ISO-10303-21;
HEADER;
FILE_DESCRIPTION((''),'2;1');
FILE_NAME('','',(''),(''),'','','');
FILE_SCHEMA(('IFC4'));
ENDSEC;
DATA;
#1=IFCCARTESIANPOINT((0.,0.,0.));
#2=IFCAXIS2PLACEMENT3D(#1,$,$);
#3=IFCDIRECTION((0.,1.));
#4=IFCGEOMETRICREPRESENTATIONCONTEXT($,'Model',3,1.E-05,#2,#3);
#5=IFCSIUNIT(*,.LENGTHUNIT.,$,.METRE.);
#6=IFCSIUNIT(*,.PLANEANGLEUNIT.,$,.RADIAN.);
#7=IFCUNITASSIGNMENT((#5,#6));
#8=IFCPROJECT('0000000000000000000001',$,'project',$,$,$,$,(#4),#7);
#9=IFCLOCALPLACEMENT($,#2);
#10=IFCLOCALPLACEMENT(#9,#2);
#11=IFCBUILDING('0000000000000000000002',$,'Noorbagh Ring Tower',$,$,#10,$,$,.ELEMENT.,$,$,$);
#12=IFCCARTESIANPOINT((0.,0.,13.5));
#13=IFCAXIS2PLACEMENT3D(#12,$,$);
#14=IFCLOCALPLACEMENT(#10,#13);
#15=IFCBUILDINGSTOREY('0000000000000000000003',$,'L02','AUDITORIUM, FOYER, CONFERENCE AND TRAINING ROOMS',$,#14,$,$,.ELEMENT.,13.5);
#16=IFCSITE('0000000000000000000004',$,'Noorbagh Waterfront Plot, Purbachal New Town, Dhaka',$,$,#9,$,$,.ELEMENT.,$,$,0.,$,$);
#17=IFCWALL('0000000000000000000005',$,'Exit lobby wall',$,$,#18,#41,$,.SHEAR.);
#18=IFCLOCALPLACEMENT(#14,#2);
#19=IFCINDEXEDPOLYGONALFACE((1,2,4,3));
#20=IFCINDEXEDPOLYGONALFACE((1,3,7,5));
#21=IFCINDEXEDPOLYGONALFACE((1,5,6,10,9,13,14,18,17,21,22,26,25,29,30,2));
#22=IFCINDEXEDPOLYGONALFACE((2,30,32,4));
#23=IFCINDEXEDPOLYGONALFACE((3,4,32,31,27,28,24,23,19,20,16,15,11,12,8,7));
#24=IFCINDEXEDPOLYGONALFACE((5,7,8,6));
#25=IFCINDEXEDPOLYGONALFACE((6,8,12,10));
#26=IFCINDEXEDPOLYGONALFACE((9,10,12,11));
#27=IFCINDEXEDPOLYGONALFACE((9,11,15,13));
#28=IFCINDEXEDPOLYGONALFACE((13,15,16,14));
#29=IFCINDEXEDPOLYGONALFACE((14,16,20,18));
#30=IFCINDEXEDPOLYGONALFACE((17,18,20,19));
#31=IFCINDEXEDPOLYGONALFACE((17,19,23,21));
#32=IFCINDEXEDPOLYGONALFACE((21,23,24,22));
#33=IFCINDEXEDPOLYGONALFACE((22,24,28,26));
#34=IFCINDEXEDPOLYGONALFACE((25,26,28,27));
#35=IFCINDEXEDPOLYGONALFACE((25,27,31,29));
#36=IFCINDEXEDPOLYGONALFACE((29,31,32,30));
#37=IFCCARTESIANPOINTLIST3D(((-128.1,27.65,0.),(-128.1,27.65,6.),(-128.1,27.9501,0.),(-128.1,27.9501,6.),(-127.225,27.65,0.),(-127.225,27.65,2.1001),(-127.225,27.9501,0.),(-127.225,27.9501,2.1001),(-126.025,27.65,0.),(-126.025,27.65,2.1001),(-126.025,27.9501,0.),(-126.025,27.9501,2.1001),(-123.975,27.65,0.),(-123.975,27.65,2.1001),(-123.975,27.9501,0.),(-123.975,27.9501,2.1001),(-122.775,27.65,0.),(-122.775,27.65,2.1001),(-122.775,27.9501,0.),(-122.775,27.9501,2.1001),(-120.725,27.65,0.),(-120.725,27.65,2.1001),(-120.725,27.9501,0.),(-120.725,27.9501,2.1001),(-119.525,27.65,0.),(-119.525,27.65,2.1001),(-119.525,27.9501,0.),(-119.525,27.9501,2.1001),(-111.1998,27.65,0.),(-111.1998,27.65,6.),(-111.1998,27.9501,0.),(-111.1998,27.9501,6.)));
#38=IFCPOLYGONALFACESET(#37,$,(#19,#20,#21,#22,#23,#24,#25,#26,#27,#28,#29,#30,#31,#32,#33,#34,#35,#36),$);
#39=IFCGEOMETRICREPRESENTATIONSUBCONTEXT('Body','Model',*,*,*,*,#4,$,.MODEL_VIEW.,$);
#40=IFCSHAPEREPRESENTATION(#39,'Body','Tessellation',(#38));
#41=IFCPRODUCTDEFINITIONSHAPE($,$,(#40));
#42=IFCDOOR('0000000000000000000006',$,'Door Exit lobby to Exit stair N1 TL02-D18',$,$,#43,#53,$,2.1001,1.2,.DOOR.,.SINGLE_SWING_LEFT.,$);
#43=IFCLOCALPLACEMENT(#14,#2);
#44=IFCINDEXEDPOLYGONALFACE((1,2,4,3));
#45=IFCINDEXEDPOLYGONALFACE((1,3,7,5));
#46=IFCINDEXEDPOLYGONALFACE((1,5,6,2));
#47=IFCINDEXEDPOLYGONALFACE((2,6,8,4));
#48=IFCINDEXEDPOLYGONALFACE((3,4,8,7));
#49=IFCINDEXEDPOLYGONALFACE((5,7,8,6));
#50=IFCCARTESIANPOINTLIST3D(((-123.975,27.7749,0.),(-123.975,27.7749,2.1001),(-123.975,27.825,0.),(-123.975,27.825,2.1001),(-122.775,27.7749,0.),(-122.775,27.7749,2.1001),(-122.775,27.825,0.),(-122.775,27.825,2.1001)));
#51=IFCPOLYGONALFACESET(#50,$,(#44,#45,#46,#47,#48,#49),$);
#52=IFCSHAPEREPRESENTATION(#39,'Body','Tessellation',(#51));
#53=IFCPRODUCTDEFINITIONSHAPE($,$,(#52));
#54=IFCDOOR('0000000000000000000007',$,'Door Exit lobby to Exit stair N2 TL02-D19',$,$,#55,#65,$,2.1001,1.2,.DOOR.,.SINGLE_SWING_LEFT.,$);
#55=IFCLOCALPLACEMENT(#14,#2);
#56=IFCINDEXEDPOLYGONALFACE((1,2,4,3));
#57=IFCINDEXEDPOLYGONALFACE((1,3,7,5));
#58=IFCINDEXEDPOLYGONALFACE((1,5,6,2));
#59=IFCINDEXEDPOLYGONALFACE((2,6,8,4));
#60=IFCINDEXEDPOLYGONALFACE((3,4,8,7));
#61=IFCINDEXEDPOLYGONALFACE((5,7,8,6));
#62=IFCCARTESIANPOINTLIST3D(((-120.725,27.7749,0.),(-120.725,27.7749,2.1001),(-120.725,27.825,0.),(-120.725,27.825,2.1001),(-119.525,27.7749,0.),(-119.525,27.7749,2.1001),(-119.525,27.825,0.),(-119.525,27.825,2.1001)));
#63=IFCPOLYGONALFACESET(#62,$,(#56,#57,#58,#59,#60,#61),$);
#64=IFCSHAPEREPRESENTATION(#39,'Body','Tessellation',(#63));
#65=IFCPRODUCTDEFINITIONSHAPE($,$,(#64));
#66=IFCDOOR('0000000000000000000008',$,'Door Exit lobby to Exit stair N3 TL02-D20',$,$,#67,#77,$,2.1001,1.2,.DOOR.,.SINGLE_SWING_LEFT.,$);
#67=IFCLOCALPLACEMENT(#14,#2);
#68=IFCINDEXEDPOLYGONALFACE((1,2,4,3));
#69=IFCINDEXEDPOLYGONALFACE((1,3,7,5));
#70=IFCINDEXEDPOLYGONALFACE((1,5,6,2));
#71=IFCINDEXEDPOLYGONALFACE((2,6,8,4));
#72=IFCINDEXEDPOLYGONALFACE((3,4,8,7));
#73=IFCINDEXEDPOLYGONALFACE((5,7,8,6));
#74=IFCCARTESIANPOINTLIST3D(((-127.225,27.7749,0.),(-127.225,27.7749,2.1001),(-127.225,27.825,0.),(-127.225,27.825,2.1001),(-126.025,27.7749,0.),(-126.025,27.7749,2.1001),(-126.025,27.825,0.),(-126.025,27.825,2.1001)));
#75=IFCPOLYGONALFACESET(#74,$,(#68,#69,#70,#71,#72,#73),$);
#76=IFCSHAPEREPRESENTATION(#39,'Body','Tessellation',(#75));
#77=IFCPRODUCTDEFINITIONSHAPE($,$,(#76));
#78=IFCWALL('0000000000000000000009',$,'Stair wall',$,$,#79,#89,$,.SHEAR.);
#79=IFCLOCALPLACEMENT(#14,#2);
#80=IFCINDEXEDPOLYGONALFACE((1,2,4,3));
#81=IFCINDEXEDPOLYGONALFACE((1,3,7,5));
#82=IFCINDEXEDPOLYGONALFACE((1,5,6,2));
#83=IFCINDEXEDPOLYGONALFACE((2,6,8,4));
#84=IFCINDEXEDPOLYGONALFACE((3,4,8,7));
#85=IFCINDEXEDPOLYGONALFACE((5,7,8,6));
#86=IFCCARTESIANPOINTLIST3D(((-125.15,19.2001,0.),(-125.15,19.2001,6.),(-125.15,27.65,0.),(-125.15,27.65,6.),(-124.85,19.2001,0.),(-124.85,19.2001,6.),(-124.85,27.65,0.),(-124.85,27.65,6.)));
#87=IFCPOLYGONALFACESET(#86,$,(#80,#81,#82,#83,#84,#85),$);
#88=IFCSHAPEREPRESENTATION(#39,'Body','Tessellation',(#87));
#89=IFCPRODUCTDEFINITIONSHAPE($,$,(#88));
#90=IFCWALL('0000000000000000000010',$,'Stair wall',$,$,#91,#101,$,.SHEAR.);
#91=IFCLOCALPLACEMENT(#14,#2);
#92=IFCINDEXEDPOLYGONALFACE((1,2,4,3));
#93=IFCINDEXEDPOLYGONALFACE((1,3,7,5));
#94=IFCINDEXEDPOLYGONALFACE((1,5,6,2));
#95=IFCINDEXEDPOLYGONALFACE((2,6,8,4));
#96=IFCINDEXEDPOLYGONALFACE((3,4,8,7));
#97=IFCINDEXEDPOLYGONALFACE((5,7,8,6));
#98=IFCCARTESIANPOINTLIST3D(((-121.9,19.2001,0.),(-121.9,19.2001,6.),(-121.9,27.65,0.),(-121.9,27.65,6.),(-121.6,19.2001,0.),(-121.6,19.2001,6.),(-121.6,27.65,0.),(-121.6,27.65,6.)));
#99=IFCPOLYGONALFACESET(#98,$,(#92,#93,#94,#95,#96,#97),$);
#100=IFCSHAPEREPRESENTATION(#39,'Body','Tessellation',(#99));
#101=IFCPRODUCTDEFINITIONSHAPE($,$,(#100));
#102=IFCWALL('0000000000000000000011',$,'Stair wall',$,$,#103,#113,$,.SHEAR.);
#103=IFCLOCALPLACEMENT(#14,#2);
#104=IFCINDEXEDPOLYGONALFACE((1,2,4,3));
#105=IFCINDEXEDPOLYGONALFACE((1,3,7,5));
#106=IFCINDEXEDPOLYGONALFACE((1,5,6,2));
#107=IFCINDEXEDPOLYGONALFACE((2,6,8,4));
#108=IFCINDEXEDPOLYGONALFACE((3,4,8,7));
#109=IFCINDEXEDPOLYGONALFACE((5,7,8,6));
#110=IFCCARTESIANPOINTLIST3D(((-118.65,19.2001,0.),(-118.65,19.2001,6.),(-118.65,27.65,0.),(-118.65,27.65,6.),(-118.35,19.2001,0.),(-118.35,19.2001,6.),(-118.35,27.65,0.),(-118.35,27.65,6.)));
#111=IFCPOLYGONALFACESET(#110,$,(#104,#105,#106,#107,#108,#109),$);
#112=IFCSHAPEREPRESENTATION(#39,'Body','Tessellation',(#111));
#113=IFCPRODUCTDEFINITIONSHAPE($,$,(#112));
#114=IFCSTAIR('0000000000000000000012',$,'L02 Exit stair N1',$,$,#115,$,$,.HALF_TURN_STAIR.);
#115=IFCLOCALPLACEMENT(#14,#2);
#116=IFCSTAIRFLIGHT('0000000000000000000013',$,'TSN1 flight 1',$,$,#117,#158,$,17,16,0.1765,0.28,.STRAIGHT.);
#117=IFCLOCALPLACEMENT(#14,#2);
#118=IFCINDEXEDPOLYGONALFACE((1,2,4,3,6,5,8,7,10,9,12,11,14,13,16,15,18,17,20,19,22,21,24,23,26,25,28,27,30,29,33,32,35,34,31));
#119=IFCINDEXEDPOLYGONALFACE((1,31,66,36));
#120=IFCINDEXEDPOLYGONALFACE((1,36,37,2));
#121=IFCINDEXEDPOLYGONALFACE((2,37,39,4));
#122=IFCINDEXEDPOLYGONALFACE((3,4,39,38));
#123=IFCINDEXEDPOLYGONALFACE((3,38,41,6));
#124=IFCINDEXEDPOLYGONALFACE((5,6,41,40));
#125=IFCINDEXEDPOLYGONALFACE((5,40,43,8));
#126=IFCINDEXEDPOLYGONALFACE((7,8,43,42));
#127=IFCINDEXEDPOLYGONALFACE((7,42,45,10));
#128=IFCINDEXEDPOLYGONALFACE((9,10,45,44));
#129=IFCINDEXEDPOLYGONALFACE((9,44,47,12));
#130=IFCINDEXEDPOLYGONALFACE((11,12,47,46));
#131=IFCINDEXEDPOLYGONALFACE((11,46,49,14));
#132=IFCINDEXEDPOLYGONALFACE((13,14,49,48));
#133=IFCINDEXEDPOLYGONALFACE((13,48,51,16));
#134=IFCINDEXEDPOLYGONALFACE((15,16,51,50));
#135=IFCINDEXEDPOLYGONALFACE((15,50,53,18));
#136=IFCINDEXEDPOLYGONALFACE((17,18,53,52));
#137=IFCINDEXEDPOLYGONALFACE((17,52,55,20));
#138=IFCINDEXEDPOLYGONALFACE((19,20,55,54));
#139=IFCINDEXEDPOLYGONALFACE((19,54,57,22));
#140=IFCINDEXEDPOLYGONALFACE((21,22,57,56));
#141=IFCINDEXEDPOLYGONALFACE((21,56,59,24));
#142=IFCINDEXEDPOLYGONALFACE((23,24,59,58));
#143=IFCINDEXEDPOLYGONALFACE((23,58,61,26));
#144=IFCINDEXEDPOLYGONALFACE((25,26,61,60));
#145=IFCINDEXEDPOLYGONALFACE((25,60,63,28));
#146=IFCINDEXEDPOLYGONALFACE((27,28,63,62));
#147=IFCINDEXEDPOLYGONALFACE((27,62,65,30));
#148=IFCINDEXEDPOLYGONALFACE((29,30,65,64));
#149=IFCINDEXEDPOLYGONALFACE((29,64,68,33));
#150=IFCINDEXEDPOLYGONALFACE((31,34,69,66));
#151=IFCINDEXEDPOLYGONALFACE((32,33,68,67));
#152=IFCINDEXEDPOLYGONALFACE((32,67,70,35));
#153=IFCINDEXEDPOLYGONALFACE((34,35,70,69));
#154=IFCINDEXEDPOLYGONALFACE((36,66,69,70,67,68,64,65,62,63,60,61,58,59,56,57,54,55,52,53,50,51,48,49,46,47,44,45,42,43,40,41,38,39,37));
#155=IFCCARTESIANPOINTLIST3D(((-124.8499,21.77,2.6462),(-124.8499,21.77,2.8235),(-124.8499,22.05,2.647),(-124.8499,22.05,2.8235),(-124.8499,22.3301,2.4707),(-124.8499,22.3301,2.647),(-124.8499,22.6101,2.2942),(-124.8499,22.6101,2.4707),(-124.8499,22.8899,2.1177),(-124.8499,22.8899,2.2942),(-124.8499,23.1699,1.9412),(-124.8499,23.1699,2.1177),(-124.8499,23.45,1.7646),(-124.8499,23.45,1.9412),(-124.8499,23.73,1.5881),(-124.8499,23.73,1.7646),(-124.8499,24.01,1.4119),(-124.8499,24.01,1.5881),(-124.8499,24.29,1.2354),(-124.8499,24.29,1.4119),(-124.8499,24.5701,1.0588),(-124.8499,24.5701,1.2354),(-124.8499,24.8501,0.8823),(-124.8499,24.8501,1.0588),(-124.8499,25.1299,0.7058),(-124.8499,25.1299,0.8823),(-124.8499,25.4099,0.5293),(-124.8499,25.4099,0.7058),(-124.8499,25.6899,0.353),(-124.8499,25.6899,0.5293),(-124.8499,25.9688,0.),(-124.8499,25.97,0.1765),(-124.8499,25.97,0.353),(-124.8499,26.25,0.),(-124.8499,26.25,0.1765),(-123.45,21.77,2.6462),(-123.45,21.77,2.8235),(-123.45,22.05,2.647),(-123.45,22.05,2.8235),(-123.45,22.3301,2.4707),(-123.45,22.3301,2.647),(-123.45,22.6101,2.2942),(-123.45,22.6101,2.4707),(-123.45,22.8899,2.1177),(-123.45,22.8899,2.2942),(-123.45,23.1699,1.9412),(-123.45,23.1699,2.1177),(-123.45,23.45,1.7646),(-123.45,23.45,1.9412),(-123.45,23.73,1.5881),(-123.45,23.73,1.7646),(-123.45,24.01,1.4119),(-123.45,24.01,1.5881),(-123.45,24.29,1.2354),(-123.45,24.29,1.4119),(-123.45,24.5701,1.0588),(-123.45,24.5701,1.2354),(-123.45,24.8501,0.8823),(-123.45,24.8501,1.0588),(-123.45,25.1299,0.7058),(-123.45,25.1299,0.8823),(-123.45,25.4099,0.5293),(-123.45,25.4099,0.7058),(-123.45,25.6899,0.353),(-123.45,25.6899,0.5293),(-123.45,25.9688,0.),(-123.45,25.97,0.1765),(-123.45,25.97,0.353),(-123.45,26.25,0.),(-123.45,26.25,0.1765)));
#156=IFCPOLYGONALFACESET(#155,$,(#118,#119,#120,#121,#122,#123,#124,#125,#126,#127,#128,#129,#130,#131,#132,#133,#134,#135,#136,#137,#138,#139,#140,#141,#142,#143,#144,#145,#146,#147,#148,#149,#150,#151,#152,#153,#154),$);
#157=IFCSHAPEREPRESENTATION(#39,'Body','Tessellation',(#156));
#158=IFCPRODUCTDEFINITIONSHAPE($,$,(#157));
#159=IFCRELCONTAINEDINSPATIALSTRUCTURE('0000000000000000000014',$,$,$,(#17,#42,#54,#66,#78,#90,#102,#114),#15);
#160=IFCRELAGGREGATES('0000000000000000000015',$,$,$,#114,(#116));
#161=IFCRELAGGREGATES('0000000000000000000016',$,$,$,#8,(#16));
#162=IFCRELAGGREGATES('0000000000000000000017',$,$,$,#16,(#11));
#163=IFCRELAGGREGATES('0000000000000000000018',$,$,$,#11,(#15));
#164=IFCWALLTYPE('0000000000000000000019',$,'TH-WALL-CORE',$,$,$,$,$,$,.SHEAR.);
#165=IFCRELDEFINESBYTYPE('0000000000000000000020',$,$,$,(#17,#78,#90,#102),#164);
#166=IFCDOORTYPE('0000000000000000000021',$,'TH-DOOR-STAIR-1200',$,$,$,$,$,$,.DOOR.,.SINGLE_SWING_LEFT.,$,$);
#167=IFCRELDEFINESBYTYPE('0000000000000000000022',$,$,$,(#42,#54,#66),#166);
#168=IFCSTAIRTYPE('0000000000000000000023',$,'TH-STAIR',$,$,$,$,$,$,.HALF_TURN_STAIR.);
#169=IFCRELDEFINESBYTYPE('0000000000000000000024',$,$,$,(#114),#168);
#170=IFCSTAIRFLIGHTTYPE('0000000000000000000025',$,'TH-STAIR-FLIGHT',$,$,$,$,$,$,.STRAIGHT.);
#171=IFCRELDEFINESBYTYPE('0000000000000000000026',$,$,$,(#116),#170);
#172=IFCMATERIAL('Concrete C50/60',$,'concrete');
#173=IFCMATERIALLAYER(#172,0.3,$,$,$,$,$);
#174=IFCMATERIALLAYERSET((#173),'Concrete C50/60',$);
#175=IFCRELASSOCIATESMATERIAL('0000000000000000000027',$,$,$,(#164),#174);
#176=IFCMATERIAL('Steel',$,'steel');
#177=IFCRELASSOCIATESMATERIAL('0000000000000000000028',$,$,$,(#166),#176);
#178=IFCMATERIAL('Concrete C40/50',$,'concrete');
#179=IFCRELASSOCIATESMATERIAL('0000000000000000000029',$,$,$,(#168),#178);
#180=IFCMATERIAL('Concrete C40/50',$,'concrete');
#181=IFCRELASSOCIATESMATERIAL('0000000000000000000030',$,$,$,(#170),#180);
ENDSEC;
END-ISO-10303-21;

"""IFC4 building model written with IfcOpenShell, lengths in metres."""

from ifc_helpers import new_model, si_unit, direction, frame, frame_2d, origin, place, context, subcontext, project, spatial, polyline, rectangle, outline, extrude, material, layer, layer_set, type_object, element, fill, aggregate, save


model = new_model("IFC4")

# Units and contexts
model_context = context("Model", 3, precision=1e-05, world=origin(), true_north=direction((0.0, 1.0)))
body_context = subcontext(model_context, "Body", "Model", "MODEL_VIEW")
ifc_project = project(units=[si_unit("LENGTHUNIT", "METRE"), si_unit("PLANEANGLEUNIT", "RADIAN")], contexts=[model_context])

# Site, building, storey
site_placement = place(None, origin())
site = spatial("IfcSite", under=ifc_project, at=site_placement, Name="Noorbagh Waterfront Plot, Purbachal New Town, Dhaka", CompositionType="ELEMENT", RefElevation=0.0)
building_placement = place(site_placement, origin())
building = spatial("IfcBuilding", under=site, at=building_placement, Name="Noorbagh Ring Tower", CompositionType="ELEMENT")
storey_placement = place(building_placement, frame((0.0, 0.0, 13.5)))
storey = spatial("IfcBuildingStorey", under=building, at=storey_placement, Name="L02", Description="AUDITORIUM, FOYER, CONFERENCE AND TRAINING ROOMS", CompositionType="ELEMENT", Elevation=13.5)

# Wall, openings, doors
ifc_material_1 = material(Name="Concrete C50/60", Category="concrete")
ifc_layer_1 = layer(ifc_material_1, 0.3)
ifc_layer_set_1 = layer_set([ifc_layer_1], Name="Concrete C50/60")
wall_type = type_object("IfcWallType", Name="TH-WALL-CORE", PredefinedType="SHEAR", material=ifc_layer_set_1)
wall_placement = place(storey_placement, frame((-128.1001, 27.8, 0.0), z_axis=(0.0, 0.0, 1.0), x_axis=(1.0, 0.0, 0.0)))
wall = element("IfcWall", 1, at=wall_placement, inside=storey, type_object=wall_type, Name="Exit lobby wall", PredefinedType="SHEAR", context=body_context, shape_type="SweptSolid", body=[
    extrude(rectangle(XDim=16.9001, YDim=0.3, at=frame_2d((8.4502, 0.0))), origin(), (0.0, 0.0, 1.0), 6.0),
])
opening_1_placement = place(wall_placement, frame((4.125, 0.0, 0.0)))
opening_1 = element("IfcOpeningElement", 2, at=opening_1_placement, cuts=wall, PredefinedType="OPENING", context=body_context, shape_type="SweptSolid", body=[
    extrude(rectangle(XDim=1.2, YDim=2.1001, at=frame_2d((0.6001, 1.05))), frame((0.0, 0.1602, 0.0), z_axis=(0.0, -1.0, 0.0), x_axis=(1.0, 0.0, 0.0)), (0.0, 0.0, 1.0), 0.3201),
])
opening_2_placement = place(wall_placement, frame((7.375, 0.0, 0.0)))
opening_2 = element("IfcOpeningElement", 3, at=opening_2_placement, cuts=wall, PredefinedType="OPENING", context=body_context, shape_type="SweptSolid", body=[
    extrude(rectangle(XDim=1.2, YDim=2.1001, at=frame_2d((0.6001, 1.05))), frame((0.0, 0.1602, 0.0), z_axis=(0.0, -1.0, 0.0), x_axis=(1.0, 0.0, 0.0)), (0.0, 0.0, 1.0), 0.3201),
])
opening_3_placement = place(wall_placement, frame((0.875, 0.0, 0.0)))
opening_3 = element("IfcOpeningElement", 4, at=opening_3_placement, cuts=wall, PredefinedType="OPENING", context=body_context, shape_type="SweptSolid", body=[
    extrude(rectangle(XDim=1.2, YDim=2.1001, at=frame_2d((0.6001, 1.05))), frame((0.0, 0.1602, 0.0), z_axis=(0.0, -1.0, 0.0), x_axis=(1.0, 0.0, 0.0)), (0.0, 0.0, 1.0), 0.3201),
])
ifc_material_2 = material(Name="Steel", Category="steel")
door_type = type_object("IfcDoorType", Name="TH-DOOR-STAIR-1200", OperationType="SINGLE_SWING_LEFT", PredefinedType="DOOR", material=ifc_material_2)
door_1_placement = place(opening_1_placement, origin())
door_1 = element("IfcDoor", 5, at=door_1_placement, inside=storey, type_object=door_type, Name="Door Exit lobby to Exit stair N1 TL02-D18", OperationType="SINGLE_SWING_LEFT", OverallHeight=2.1001, OverallWidth=1.2, PredefinedType="DOOR", context=body_context, shape_type="SweptSolid", body=[
    extrude(rectangle(XDim=1.2, YDim=2.1001, at=frame_2d((0.6001, 1.05))), frame((0.0, 0.0249, 0.0), z_axis=(0.0, -1.0, 0.0), x_axis=(1.0, 0.0, 0.0)), (0.0, 0.0, 1.0), 0.05),
])
fill(opening_1, door_1)
door_2_placement = place(opening_2_placement, origin())
door_2 = element("IfcDoor", 6, at=door_2_placement, inside=storey, type_object=door_type, Name="Door Exit lobby to Exit stair N2 TL02-D19", OperationType="SINGLE_SWING_LEFT", OverallHeight=2.1001, OverallWidth=1.2, PredefinedType="DOOR", context=body_context, shape_type="SweptSolid", body=[
    extrude(rectangle(XDim=1.2, YDim=2.1001, at=frame_2d((0.6001, 1.05))), frame((0.0, 0.0249, 0.0), z_axis=(0.0, -1.0, 0.0), x_axis=(1.0, 0.0, 0.0)), (0.0, 0.0, 1.0), 0.05),
])
fill(opening_2, door_2)
door_3_placement = place(opening_3_placement, origin())
door_3 = element("IfcDoor", 7, at=door_3_placement, inside=storey, type_object=door_type, Name="Door Exit lobby to Exit stair N3 TL02-D20", OperationType="SINGLE_SWING_LEFT", OverallHeight=2.1001, OverallWidth=1.2, PredefinedType="DOOR", context=body_context, shape_type="SweptSolid", body=[
    extrude(rectangle(XDim=1.2, YDim=2.1001, at=frame_2d((0.6001, 1.05))), frame((0.0, 0.0249, 0.0), z_axis=(0.0, -1.0, 0.0), x_axis=(1.0, 0.0, 0.0)), (0.0, 0.0, 1.0), 0.05),
])
fill(opening_3, door_3)

# Walls
for number, where, z_axis, x_axis, name in (
    (8, (-125.0, 19.2, 0.0), (0.0, 0.0, 1.0), (0.0, 1.0, 0.0), "Stair wall"),
    (9, (-121.75, 19.2, 0.0), (0.0, 0.0, 1.0), (0.0, 1.0, 0.0), "Stair wall"),
    (10, (-118.5, 19.2, 0.0), (0.0, 0.0, 1.0), (0.0, 1.0, 0.0), "Stair wall"),
):
    element("IfcWall", number, at=place(storey_placement, frame(where, z_axis=z_axis, x_axis=x_axis)), inside=storey, type_object=wall_type, Name=name, PredefinedType="SHEAR", context=body_context, shape_type="SweptSolid", body=[
        extrude(rectangle(XDim=8.45, YDim=0.3, at=frame_2d((4.2251, 0.0))), origin(), (0.0, 0.0, 1.0), 6.0),
    ])

# Stair, stair flight
ifc_material_3 = material(Name="Concrete C40/50", Category="concrete")
stair_type = type_object("IfcStairType", Name="TH-STAIR", PredefinedType="HALF_TURN_STAIR", material=ifc_material_3)
stair_1_placement = place(storey_placement, origin())
stair_1 = element("IfcStair", 11, at=stair_1_placement, inside=storey, type_object=stair_type, Name="L02 Exit stair N1", PredefinedType="HALF_TURN_STAIR")
ifc_material_4 = material(Name="Concrete C40/50", Category="concrete")
stair_flight_type = type_object("IfcStairFlightType", Name="TH-STAIR-FLIGHT", PredefinedType="STRAIGHT", material=ifc_material_4)
stair_flight_1_placement = place(storey_placement, frame((-124.1499, 26.25, 0.0), z_axis=(0.0, 0.0, 1.0), x_axis=(0.0, -1.0, 0.0)))
stair_flight_1 = element("IfcStairFlight", 12, at=stair_flight_1_placement, type_object=stair_flight_type, Name="TSN1 flight 1", NumberOfRisers=17, NumberOfTreads=16, PredefinedType="STRAIGHT", RiserHeight=0.1765, TreadLength=0.28, context=body_context, shape_type="SweptSolid", body=[
    extrude(outline(polyline([(0.0, 0.0), (0.0, 0.1765), (0.28, 0.1765), (0.28, 0.353), (0.5601, 0.353), (0.5601, 0.5293), (0.8401, 0.5293), (0.8401, 0.7058), (1.1201, 0.7058), (1.1201, 0.8823), (1.3999, 0.8823), (1.3999, 1.0588), (1.6799, 1.0588), (1.6799, 1.2354), (1.96, 1.2354), (1.96, 1.4119), (2.24, 1.4119), (2.24, 1.5881), (2.52, 1.5881), (2.52, 1.7646), (2.8, 1.7646), (2.8, 1.9412), (3.0801, 1.9412), (3.0801, 2.1177), (3.3601, 2.1177), (3.3601, 2.2942), (3.6399, 2.2942), (3.6399, 2.4707), (3.9199, 2.4707), (3.9199, 2.647), (4.2, 2.647), (4.2, 2.8235), (4.48, 2.8235), (4.48, 3.0), (4.48, 2.6462), (0.2812, 0.0), (0.0, 0.0)])), frame((0.0, 0.7, 0.0), z_axis=(0.0, -1.0, 0.0), x_axis=(1.0, 0.0, 0.0)), (0.0, 0.0, 1.0), 1.3999),
])
aggregate(stair_1, [stair_flight_1])

save(model, "model.ifc")
